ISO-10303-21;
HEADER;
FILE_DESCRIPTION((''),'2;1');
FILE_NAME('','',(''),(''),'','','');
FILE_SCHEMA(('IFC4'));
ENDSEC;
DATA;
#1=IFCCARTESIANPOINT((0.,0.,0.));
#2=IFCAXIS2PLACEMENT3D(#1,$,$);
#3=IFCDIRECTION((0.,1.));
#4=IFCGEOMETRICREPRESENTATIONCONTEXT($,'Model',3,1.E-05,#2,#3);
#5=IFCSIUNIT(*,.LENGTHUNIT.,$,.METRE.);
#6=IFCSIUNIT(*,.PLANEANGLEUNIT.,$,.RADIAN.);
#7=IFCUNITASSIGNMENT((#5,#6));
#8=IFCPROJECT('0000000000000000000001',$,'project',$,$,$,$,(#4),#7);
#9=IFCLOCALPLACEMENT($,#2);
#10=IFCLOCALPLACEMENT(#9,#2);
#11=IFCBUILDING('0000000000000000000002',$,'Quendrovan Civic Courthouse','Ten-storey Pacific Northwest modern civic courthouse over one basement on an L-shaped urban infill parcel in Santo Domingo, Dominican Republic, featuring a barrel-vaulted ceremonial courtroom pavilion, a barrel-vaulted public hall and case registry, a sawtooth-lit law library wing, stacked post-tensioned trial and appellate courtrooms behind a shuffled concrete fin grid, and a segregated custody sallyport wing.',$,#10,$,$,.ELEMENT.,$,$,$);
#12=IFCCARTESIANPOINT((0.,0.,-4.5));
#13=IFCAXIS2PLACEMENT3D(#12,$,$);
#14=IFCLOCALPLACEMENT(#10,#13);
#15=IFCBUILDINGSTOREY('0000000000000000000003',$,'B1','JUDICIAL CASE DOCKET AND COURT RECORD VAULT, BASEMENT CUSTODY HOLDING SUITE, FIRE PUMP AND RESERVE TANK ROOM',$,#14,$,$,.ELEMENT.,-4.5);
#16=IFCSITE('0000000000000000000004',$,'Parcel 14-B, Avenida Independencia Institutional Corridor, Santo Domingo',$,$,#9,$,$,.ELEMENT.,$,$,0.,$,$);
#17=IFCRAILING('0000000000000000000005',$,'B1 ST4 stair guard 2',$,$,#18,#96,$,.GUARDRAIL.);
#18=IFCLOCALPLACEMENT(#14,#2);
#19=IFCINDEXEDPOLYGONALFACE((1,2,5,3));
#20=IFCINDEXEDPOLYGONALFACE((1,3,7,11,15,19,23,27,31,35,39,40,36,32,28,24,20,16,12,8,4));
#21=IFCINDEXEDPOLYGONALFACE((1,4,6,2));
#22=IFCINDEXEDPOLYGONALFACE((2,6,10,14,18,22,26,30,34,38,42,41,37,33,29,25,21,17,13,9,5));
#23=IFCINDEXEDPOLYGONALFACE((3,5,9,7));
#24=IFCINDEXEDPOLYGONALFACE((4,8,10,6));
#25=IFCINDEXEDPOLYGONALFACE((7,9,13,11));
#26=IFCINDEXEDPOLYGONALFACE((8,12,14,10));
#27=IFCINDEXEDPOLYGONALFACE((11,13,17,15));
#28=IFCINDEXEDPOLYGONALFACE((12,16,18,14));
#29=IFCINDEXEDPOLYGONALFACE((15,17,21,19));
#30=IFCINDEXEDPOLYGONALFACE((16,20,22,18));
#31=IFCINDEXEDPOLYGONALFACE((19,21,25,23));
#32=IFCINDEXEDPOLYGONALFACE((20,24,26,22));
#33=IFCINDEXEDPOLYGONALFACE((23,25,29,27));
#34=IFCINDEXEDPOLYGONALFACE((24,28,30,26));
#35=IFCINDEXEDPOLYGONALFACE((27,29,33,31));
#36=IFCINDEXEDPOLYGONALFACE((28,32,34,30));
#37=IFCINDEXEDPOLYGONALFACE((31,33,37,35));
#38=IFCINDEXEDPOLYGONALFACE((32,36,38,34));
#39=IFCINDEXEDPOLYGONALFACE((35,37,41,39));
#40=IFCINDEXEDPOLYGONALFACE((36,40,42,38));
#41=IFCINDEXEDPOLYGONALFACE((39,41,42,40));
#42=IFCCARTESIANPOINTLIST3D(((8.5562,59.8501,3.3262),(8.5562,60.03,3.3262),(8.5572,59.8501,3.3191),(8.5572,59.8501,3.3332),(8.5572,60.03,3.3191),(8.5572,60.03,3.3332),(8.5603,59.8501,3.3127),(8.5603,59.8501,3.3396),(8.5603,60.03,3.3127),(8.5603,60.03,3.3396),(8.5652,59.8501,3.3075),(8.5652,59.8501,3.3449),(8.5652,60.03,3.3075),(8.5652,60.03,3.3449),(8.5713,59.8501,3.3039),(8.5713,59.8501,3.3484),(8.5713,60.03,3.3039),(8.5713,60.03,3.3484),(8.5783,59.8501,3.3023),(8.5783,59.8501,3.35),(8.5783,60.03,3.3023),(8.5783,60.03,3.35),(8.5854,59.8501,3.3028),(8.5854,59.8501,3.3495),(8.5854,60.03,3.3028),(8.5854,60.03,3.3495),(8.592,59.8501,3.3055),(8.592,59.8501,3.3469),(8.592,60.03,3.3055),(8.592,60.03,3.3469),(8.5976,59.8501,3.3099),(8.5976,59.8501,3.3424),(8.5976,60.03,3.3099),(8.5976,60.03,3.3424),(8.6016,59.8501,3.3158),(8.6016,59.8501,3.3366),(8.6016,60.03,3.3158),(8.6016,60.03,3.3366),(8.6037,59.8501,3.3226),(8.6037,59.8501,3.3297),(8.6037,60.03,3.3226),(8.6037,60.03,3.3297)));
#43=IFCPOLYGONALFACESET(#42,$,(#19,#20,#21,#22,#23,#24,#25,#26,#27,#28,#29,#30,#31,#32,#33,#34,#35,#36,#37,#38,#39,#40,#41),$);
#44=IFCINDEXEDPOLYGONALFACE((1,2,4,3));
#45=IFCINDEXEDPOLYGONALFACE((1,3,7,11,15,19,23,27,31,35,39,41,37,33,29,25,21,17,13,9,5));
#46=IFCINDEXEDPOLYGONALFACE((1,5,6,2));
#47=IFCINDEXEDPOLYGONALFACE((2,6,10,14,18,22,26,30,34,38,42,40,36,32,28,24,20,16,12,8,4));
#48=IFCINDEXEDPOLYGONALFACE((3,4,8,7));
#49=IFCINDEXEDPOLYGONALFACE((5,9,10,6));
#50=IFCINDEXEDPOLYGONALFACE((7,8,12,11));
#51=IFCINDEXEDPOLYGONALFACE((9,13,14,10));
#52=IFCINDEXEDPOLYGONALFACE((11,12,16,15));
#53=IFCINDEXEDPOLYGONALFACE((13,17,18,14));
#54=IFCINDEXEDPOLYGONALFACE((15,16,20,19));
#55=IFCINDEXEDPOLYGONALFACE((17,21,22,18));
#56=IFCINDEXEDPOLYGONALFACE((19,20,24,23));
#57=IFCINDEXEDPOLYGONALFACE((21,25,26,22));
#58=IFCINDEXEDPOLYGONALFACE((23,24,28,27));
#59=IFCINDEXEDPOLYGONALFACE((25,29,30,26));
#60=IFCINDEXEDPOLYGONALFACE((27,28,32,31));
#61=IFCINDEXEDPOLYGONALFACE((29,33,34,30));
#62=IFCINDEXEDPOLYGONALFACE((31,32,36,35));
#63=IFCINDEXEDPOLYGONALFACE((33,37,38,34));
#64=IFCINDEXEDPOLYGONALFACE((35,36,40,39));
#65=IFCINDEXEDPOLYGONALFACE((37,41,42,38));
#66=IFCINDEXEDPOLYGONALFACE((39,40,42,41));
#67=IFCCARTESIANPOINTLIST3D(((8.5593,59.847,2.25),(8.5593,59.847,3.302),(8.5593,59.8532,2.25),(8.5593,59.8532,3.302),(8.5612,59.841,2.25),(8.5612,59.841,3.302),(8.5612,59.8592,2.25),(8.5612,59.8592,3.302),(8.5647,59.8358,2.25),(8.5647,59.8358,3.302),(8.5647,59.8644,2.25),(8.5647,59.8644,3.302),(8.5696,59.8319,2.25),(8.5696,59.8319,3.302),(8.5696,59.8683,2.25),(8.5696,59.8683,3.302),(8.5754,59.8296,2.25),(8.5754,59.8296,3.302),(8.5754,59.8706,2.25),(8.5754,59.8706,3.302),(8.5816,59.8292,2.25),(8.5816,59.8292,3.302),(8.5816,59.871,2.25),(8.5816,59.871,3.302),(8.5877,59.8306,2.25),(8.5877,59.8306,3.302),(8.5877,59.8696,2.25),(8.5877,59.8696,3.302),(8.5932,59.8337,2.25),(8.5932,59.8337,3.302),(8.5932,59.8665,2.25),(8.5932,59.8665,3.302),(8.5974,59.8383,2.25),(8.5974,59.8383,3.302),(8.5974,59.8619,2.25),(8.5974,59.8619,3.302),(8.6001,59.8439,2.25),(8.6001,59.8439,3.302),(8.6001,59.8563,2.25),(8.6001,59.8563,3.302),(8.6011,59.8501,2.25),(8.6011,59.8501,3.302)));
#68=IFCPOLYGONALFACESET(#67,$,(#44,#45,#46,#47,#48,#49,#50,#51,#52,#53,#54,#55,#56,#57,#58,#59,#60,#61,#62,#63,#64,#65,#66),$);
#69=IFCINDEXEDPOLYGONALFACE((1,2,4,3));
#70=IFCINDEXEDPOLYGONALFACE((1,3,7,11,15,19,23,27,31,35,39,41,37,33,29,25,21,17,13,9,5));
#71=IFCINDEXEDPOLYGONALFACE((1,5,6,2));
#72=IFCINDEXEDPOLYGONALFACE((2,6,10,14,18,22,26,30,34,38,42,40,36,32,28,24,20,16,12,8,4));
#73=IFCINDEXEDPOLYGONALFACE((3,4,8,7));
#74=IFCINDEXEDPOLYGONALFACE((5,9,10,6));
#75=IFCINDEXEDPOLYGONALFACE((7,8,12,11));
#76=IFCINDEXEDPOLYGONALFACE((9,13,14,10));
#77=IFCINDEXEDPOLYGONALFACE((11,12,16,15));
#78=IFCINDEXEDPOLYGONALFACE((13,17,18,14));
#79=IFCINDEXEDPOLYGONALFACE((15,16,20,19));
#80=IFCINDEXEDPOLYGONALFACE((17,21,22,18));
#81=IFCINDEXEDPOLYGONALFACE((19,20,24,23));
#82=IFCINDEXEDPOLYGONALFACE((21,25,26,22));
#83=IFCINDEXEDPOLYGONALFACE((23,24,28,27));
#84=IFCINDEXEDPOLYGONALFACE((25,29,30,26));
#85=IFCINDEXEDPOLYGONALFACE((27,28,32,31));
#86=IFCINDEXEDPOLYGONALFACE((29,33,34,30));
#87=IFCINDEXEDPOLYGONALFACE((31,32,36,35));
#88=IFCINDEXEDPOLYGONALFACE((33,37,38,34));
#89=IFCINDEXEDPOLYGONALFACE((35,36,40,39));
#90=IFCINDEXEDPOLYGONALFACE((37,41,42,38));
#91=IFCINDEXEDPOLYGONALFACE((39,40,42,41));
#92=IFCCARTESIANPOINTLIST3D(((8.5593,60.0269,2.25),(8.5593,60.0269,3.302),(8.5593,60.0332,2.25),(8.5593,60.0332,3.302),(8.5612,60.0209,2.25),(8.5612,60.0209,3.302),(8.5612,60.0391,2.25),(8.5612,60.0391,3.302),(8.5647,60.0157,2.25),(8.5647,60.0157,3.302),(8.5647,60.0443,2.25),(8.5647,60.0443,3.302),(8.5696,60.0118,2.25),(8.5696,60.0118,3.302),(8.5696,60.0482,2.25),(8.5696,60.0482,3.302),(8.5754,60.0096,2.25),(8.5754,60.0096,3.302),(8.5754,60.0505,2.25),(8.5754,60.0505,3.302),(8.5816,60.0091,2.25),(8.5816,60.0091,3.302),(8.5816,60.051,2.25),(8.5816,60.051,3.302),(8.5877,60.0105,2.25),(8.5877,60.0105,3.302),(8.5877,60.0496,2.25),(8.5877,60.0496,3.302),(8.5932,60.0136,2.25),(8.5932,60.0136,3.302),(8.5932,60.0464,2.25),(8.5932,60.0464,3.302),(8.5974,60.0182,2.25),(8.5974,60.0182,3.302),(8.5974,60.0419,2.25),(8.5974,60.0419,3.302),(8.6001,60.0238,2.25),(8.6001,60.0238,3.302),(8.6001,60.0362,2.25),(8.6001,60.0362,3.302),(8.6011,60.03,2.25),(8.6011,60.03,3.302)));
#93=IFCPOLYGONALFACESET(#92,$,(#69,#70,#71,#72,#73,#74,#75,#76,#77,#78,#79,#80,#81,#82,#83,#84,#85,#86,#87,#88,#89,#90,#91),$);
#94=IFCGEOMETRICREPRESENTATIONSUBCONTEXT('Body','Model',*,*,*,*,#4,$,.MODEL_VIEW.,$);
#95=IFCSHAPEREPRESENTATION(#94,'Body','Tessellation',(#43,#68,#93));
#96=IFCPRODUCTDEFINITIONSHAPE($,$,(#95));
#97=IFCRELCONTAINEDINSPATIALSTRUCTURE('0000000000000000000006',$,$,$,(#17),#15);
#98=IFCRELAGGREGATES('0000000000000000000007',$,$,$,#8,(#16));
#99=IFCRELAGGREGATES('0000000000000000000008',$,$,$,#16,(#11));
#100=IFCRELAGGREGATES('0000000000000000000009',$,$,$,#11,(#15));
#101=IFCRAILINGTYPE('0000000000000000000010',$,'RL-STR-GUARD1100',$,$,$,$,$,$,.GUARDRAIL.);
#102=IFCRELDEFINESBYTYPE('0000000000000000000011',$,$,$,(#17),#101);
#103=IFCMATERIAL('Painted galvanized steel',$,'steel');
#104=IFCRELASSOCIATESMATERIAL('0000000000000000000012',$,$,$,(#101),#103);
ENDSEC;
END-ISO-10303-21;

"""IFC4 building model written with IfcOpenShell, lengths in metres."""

from ifc_helpers import new_model, si_unit, direction, frame, origin, origin_2d, place, context, subcontext, project, spatial, circle, extrude, material, type_object, element, save


model = new_model("IFC4")

# Units and contexts
model_context = context("Model", 3, precision=1e-05, world=origin(), true_north=direction((0.0, 1.0)))
body_context = subcontext(model_context, "Body", "Model", "MODEL_VIEW")
ifc_project = project(units=[si_unit("LENGTHUNIT", "METRE"), si_unit("PLANEANGLEUNIT", "RADIAN")], contexts=[model_context])

# Site, building, storey
site_placement = place(None, origin())
site = spatial("IfcSite", under=ifc_project, at=site_placement, Name="Parcel 14-B, Avenida Independencia Institutional Corridor, Santo Domingo", CompositionType="ELEMENT", RefElevation=0.0)
building_placement = place(site_placement, origin())
building = spatial("IfcBuilding", under=site, at=building_placement, Name="Quendrovan Civic Courthouse", Description="Ten-storey Pacific Northwest modern civic courthouse over one basement on an L-shaped urban infill parcel in Santo Domingo, Dominican Republic, featuring a barrel-vaulted ceremonial courtroom pavilion, a barrel-vaulted public hall and case registry, a sawtooth-lit law library wing, stacked post-tensioned trial and appellate courtrooms behind a shuffled concrete fin grid, and a segregated custody sallyport wing.", CompositionType="ELEMENT")
storey_placement = place(building_placement, frame((0.0, 0.0, -4.5)))
storey = spatial("IfcBuildingStorey", under=building, at=storey_placement, Name="B1", Description="JUDICIAL CASE DOCKET AND COURT RECORD VAULT, BASEMENT CUSTODY HOLDING SUITE, FIRE PUMP AND RESERVE TANK ROOM", CompositionType="ELEMENT", Elevation=-4.5)

# Railing
ifc_material_1 = material(Name="Painted galvanized steel", Category="steel")
railing_type_1 = type_object("IfcRailingType", Name="RL-STR-GUARD1100", PredefinedType="GUARDRAIL", material=ifc_material_1)
railing_1_placement = place(storey_placement, frame((8.5801, 59.8501, 2.25)))
element("IfcRailing", 1, at=railing_1_placement, inside=storey, type_object=railing_type_1, Name="B1 ST4 stair guard 2", PredefinedType="GUARDRAIL", context=body_context, shape_type="SweptSolid", body=[
    extrude(circle(Radius=0.0239, at=origin_2d()), frame((0.0, 0.0, 1.0762), z_axis=(0.0, 1.0, 0.0), x_axis=(-1.0, 0.0, 0.0)), (0.0, 0.0, 1.0), 0.1799),
    extrude(circle(Radius=0.021, at=origin_2d()), origin(), (0.0, 0.0, 1.0), 1.052),
    extrude(circle(Radius=0.021, at=origin_2d()), frame((0.0, 0.1799, 0.0)), (0.0, 0.0, 1.0), 1.052),
])

save(model, "model.ifc")
